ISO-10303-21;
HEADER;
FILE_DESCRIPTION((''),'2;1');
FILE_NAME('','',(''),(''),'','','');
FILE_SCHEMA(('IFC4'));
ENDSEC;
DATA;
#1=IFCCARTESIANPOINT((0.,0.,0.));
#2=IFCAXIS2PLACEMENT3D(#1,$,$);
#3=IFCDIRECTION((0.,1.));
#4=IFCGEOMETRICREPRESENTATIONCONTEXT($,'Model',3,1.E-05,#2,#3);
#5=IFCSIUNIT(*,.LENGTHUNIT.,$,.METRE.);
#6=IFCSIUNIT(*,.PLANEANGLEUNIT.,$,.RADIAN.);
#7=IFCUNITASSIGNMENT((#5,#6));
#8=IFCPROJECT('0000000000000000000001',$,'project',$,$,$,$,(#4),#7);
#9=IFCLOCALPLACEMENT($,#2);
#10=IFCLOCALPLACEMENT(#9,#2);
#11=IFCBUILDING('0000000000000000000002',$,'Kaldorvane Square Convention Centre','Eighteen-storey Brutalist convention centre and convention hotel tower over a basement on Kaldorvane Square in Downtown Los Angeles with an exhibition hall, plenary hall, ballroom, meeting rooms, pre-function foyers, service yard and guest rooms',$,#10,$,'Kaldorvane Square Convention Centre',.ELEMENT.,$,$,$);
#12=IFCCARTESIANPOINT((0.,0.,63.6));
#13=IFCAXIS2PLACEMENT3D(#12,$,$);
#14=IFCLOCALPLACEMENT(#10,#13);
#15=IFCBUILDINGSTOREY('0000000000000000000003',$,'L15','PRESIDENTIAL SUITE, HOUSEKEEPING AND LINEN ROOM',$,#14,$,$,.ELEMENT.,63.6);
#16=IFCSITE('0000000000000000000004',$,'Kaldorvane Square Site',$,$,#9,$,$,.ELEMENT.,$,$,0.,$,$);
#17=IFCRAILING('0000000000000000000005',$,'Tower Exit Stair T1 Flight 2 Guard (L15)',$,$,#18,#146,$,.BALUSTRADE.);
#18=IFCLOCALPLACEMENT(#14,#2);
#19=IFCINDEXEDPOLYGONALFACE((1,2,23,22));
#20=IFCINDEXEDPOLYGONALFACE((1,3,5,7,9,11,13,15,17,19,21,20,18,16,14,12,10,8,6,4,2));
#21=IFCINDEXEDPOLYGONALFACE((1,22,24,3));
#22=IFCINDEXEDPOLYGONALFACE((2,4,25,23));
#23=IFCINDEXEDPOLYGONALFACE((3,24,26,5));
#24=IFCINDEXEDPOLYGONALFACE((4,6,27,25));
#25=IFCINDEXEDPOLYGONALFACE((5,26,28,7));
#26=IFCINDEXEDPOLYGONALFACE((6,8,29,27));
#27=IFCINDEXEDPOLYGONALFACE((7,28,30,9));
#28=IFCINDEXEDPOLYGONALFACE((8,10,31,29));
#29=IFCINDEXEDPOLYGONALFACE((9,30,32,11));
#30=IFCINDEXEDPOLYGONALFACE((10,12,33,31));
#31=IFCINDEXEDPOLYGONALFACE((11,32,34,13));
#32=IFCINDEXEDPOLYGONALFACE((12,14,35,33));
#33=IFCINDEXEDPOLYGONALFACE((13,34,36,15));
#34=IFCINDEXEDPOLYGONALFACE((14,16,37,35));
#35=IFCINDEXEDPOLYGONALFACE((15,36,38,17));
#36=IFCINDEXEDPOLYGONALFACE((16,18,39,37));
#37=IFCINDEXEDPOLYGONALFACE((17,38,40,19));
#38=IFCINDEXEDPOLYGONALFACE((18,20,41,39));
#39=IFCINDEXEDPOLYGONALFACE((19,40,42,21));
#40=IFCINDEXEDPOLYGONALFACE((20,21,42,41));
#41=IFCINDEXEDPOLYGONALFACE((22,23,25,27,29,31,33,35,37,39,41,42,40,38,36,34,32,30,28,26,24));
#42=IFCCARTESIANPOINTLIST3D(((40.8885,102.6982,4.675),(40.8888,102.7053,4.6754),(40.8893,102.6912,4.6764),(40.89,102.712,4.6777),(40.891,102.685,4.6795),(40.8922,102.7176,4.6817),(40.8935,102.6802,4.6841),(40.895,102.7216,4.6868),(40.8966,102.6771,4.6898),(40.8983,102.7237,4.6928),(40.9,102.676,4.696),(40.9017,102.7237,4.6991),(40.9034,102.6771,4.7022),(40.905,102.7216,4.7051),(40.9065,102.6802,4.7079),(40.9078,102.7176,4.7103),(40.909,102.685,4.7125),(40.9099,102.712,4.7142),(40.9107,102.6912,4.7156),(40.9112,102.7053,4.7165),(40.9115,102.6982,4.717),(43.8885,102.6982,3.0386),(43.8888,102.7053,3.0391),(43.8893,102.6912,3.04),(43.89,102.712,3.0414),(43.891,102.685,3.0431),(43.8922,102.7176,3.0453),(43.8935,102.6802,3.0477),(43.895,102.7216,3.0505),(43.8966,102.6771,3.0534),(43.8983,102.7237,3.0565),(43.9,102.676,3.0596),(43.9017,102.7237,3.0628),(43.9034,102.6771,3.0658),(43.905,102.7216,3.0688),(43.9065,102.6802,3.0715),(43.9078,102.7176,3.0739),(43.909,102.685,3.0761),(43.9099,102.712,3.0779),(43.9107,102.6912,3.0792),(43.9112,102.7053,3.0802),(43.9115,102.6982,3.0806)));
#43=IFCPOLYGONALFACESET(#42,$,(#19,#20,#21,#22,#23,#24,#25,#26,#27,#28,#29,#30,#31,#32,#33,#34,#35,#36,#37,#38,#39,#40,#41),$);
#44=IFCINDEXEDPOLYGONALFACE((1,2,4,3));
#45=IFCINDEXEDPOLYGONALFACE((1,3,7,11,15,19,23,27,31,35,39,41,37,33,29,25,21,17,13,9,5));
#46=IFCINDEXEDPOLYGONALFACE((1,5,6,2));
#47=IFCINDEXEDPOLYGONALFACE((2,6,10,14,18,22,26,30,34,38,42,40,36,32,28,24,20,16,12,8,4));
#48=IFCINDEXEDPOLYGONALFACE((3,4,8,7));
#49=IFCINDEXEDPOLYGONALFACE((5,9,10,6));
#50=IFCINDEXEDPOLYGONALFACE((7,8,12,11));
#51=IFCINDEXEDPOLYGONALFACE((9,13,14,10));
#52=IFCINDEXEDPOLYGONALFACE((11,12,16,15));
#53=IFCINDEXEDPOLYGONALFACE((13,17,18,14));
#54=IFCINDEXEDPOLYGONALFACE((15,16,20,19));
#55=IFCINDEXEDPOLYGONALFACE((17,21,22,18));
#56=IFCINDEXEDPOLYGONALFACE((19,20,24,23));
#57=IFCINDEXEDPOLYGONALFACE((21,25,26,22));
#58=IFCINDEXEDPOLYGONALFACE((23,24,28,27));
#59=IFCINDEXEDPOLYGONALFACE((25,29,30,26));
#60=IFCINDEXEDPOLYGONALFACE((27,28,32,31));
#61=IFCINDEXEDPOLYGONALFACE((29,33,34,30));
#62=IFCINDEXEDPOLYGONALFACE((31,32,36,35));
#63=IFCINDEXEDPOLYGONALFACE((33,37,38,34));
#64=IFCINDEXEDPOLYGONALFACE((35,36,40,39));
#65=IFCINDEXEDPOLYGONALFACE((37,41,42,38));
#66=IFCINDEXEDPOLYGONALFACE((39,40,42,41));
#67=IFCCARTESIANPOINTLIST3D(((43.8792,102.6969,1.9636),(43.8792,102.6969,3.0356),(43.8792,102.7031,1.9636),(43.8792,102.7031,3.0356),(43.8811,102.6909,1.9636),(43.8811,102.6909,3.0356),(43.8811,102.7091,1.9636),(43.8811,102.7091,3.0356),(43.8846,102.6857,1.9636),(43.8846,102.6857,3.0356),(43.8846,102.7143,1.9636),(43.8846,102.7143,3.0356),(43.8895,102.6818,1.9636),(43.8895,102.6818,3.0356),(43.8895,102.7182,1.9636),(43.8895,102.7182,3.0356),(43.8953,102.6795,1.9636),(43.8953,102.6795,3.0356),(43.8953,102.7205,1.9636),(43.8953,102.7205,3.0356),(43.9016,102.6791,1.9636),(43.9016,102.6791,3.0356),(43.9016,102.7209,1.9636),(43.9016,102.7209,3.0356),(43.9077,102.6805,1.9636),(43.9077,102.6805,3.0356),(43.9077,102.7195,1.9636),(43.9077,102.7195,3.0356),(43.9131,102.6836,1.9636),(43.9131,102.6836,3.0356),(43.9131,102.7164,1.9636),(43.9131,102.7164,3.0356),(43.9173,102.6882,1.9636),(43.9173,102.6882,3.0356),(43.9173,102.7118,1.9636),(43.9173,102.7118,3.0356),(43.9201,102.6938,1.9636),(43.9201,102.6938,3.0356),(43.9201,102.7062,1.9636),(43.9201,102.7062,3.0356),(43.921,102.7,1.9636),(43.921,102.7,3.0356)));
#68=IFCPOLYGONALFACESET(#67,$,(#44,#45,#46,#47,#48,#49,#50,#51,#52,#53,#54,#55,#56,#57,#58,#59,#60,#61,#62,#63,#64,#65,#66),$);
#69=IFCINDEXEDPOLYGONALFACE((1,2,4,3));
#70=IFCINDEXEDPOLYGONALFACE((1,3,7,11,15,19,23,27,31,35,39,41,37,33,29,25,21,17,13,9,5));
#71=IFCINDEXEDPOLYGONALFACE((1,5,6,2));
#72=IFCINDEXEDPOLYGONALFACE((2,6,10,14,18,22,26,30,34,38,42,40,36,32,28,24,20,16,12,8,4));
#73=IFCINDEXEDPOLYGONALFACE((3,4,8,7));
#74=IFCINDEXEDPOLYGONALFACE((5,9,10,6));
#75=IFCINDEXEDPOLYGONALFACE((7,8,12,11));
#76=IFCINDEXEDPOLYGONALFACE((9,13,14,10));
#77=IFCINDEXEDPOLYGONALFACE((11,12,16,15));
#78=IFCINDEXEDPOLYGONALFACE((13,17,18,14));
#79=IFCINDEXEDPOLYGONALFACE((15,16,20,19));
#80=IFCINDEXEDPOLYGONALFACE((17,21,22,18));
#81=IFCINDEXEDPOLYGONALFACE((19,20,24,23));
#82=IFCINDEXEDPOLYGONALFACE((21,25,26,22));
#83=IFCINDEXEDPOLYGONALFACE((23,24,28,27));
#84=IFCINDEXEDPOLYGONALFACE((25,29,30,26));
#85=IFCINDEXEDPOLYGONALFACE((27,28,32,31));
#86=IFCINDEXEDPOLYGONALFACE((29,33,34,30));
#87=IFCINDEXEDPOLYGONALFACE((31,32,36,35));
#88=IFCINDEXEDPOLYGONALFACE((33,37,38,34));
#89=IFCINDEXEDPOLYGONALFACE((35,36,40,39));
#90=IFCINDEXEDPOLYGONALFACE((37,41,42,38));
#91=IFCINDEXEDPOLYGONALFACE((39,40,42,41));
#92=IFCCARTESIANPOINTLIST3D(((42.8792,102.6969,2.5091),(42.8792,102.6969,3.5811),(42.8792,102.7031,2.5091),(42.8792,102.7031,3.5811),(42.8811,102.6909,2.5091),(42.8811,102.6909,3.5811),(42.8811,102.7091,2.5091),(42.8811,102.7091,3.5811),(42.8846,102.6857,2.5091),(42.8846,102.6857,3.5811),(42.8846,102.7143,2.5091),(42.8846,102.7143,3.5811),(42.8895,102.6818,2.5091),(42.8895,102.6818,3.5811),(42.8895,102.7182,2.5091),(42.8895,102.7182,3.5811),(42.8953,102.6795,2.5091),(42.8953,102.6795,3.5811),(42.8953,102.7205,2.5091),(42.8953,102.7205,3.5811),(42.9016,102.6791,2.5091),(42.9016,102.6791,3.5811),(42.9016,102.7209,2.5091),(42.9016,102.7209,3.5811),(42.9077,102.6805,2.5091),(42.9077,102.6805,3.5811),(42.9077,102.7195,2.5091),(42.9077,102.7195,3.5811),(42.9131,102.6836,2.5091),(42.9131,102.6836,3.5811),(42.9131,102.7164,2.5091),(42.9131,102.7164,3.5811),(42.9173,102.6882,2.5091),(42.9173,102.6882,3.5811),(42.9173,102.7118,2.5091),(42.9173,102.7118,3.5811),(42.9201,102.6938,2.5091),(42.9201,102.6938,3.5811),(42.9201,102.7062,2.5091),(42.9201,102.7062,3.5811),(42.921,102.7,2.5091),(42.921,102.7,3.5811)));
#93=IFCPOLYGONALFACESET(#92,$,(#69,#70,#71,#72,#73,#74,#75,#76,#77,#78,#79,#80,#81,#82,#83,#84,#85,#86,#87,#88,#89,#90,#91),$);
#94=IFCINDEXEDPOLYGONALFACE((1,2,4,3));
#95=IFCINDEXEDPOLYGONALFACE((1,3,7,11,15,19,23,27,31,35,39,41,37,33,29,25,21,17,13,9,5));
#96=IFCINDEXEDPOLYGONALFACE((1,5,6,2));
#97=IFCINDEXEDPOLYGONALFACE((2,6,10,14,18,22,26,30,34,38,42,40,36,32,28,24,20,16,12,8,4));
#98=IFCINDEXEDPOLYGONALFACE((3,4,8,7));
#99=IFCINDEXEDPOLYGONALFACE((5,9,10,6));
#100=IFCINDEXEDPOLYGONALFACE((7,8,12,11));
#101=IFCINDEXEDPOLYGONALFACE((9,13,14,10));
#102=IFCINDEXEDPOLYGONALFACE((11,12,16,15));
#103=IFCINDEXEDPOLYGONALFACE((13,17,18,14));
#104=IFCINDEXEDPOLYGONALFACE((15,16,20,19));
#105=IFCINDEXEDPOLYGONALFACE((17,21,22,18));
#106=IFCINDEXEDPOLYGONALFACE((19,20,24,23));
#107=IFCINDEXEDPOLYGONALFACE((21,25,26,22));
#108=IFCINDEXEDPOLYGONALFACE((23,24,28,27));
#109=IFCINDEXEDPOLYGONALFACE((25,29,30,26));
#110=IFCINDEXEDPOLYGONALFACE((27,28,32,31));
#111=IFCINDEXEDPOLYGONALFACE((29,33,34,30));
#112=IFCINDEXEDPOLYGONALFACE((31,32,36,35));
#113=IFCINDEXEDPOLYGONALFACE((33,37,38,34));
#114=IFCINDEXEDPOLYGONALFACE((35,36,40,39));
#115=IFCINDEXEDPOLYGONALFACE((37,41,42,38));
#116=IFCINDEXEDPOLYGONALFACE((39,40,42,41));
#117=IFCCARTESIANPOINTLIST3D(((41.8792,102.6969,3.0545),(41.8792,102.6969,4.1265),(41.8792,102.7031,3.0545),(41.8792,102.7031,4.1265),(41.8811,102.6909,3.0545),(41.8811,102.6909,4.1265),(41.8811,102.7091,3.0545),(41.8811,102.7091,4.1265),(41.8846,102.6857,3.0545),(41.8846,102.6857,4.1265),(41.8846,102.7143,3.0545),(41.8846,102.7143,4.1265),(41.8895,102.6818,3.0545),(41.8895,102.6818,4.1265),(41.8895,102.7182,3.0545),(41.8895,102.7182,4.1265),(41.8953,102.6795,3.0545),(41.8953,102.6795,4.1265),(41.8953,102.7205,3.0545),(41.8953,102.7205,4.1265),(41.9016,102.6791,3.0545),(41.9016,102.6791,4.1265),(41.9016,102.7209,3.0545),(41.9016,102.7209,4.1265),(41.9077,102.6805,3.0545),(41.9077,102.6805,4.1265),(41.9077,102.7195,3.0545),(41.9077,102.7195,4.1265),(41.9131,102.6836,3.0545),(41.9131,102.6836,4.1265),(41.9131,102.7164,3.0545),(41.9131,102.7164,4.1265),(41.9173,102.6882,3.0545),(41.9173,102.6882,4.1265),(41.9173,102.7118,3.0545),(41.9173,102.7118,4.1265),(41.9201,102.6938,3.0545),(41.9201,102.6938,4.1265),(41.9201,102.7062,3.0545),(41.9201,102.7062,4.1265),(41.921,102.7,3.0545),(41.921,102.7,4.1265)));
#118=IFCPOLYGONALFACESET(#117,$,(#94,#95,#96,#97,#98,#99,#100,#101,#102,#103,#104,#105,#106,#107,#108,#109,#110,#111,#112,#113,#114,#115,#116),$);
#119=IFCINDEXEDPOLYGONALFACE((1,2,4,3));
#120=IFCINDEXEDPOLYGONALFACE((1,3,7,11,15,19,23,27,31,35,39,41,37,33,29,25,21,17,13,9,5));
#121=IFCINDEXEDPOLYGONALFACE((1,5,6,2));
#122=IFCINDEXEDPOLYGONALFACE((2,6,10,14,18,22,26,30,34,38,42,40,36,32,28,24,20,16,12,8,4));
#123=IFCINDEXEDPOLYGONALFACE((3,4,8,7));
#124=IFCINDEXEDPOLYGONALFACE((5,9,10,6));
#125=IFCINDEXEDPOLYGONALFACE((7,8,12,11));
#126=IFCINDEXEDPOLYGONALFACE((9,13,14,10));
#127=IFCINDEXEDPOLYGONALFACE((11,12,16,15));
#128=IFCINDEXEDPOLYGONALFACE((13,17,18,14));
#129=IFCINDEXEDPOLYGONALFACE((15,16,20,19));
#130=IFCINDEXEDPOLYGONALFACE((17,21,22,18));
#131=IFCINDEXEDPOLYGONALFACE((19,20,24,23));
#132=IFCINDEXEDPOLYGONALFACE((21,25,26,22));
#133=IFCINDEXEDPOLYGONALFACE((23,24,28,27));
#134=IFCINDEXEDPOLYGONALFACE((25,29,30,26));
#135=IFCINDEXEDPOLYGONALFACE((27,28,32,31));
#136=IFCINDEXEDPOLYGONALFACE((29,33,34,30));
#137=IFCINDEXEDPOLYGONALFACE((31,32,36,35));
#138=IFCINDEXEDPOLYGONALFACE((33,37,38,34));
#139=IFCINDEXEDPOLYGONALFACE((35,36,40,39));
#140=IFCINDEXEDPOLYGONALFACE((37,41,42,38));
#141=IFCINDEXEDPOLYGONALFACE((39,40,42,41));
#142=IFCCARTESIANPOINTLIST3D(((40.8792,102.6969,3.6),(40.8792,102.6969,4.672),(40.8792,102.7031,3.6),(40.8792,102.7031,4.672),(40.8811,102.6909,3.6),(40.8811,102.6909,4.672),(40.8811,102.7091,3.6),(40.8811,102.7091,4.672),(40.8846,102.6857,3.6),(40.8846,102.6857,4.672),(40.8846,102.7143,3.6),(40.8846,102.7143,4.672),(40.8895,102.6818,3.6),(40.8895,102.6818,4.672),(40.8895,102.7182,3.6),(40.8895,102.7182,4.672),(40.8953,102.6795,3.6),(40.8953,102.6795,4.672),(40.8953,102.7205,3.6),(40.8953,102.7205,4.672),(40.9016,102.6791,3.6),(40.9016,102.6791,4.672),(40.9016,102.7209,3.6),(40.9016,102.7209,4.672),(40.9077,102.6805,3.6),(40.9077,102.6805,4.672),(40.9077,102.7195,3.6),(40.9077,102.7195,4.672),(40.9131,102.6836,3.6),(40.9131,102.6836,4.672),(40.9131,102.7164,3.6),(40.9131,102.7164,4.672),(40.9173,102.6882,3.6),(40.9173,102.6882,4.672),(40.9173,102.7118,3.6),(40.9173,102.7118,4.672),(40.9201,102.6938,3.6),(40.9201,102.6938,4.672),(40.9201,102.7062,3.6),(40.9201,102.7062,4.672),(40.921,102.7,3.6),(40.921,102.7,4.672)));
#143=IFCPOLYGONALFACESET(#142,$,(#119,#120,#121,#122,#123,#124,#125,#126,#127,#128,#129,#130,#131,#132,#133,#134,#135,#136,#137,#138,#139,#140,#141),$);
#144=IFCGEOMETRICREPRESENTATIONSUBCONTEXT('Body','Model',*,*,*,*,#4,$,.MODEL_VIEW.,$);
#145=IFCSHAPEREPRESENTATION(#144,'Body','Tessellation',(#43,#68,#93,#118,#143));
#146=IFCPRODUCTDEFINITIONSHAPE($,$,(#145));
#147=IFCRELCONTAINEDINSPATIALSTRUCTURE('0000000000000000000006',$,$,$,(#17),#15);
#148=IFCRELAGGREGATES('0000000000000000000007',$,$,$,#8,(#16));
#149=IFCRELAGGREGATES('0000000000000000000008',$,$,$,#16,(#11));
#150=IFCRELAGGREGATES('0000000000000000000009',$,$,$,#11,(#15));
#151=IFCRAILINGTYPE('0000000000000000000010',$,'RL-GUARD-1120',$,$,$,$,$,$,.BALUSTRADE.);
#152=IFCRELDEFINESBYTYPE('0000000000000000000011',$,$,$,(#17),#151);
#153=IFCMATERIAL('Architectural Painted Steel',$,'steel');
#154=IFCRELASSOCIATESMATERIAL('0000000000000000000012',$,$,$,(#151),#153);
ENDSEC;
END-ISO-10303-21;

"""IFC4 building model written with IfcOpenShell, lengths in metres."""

from ifc_helpers import new_model, si_unit, direction, frame, origin, origin_2d, place, context, subcontext, project, spatial, circle, extrude, material, type_object, element, save


model = new_model("IFC4")

# Units and contexts
model_context = context("Model", 3, precision=1e-05, world=origin(), true_north=direction((0.0, 1.0)))
body_context = subcontext(model_context, "Body", "Model", "MODEL_VIEW")
ifc_project = project(units=[si_unit("LENGTHUNIT", "METRE"), si_unit("PLANEANGLEUNIT", "RADIAN")], contexts=[model_context])

# Site, building, storey
site_placement = place(None, origin())
site = spatial("IfcSite", under=ifc_project, at=site_placement, Name="Kaldorvane Square Site", CompositionType="ELEMENT", RefElevation=0.0)
building_placement = place(site_placement, origin())
building = spatial("IfcBuilding", under=site, at=building_placement, Name="Kaldorvane Square Convention Centre", Description="Eighteen-storey Brutalist convention centre and convention hotel tower over a basement on Kaldorvane Square in Downtown Los Angeles with an exhibition hall, plenary hall, ballroom, meeting rooms, pre-function foyers, service yard and guest rooms", LongName="Kaldorvane Square Convention Centre", CompositionType="ELEMENT")
storey_placement = place(building_placement, frame((0.0, 0.0, 63.6)))
storey = spatial("IfcBuildingStorey", under=building, at=storey_placement, Name="L15", Description="PRESIDENTIAL SUITE, HOUSEKEEPING AND LINEN ROOM", CompositionType="ELEMENT", Elevation=63.6)

# Railing
ifc_material_1 = material(Name="Architectural Painted Steel", Category="steel")
railing_type_1 = type_object("IfcRailingType", Name="RL-GUARD-1120", PredefinedType="BALUSTRADE", material=ifc_material_1)
railing_1_placement = place(storey_placement, frame((43.9, 102.7, 1.9636)))
element("IfcRailing", 1, at=railing_1_placement, inside=storey, type_object=railing_type_1, Name="Tower Exit Stair T1 Flight 2 Guard (L15)", PredefinedType="BALUSTRADE", context=body_context, shape_type="SweptSolid", body=[
    extrude(circle(Radius=0.024, at=origin_2d()), frame((0.0, 0.0, 1.096), z_axis=(-0.877895, 0.0, 0.478853), x_axis=(0.0, -1.0, 0.0)), (0.0, 0.0, 1.0), 3.4173),
    extrude(circle(Radius=0.021, at=origin_2d()), origin(), (0.0, 0.0, 1.0), 1.072),
    extrude(circle(Radius=0.021, at=origin_2d()), frame((-1.0, 0.0, 0.5455)), (0.0, 0.0, 1.0), 1.072),
    extrude(circle(Radius=0.021, at=origin_2d()), frame((-2.0, 0.0, 1.0909)), (0.0, 0.0, 1.0), 1.072),
    extrude(circle(Radius=0.021, at=origin_2d()), frame((-3.0, 0.0, 1.6364)), (0.0, 0.0, 1.0), 1.072),
])

save(model, "model.ifc")
